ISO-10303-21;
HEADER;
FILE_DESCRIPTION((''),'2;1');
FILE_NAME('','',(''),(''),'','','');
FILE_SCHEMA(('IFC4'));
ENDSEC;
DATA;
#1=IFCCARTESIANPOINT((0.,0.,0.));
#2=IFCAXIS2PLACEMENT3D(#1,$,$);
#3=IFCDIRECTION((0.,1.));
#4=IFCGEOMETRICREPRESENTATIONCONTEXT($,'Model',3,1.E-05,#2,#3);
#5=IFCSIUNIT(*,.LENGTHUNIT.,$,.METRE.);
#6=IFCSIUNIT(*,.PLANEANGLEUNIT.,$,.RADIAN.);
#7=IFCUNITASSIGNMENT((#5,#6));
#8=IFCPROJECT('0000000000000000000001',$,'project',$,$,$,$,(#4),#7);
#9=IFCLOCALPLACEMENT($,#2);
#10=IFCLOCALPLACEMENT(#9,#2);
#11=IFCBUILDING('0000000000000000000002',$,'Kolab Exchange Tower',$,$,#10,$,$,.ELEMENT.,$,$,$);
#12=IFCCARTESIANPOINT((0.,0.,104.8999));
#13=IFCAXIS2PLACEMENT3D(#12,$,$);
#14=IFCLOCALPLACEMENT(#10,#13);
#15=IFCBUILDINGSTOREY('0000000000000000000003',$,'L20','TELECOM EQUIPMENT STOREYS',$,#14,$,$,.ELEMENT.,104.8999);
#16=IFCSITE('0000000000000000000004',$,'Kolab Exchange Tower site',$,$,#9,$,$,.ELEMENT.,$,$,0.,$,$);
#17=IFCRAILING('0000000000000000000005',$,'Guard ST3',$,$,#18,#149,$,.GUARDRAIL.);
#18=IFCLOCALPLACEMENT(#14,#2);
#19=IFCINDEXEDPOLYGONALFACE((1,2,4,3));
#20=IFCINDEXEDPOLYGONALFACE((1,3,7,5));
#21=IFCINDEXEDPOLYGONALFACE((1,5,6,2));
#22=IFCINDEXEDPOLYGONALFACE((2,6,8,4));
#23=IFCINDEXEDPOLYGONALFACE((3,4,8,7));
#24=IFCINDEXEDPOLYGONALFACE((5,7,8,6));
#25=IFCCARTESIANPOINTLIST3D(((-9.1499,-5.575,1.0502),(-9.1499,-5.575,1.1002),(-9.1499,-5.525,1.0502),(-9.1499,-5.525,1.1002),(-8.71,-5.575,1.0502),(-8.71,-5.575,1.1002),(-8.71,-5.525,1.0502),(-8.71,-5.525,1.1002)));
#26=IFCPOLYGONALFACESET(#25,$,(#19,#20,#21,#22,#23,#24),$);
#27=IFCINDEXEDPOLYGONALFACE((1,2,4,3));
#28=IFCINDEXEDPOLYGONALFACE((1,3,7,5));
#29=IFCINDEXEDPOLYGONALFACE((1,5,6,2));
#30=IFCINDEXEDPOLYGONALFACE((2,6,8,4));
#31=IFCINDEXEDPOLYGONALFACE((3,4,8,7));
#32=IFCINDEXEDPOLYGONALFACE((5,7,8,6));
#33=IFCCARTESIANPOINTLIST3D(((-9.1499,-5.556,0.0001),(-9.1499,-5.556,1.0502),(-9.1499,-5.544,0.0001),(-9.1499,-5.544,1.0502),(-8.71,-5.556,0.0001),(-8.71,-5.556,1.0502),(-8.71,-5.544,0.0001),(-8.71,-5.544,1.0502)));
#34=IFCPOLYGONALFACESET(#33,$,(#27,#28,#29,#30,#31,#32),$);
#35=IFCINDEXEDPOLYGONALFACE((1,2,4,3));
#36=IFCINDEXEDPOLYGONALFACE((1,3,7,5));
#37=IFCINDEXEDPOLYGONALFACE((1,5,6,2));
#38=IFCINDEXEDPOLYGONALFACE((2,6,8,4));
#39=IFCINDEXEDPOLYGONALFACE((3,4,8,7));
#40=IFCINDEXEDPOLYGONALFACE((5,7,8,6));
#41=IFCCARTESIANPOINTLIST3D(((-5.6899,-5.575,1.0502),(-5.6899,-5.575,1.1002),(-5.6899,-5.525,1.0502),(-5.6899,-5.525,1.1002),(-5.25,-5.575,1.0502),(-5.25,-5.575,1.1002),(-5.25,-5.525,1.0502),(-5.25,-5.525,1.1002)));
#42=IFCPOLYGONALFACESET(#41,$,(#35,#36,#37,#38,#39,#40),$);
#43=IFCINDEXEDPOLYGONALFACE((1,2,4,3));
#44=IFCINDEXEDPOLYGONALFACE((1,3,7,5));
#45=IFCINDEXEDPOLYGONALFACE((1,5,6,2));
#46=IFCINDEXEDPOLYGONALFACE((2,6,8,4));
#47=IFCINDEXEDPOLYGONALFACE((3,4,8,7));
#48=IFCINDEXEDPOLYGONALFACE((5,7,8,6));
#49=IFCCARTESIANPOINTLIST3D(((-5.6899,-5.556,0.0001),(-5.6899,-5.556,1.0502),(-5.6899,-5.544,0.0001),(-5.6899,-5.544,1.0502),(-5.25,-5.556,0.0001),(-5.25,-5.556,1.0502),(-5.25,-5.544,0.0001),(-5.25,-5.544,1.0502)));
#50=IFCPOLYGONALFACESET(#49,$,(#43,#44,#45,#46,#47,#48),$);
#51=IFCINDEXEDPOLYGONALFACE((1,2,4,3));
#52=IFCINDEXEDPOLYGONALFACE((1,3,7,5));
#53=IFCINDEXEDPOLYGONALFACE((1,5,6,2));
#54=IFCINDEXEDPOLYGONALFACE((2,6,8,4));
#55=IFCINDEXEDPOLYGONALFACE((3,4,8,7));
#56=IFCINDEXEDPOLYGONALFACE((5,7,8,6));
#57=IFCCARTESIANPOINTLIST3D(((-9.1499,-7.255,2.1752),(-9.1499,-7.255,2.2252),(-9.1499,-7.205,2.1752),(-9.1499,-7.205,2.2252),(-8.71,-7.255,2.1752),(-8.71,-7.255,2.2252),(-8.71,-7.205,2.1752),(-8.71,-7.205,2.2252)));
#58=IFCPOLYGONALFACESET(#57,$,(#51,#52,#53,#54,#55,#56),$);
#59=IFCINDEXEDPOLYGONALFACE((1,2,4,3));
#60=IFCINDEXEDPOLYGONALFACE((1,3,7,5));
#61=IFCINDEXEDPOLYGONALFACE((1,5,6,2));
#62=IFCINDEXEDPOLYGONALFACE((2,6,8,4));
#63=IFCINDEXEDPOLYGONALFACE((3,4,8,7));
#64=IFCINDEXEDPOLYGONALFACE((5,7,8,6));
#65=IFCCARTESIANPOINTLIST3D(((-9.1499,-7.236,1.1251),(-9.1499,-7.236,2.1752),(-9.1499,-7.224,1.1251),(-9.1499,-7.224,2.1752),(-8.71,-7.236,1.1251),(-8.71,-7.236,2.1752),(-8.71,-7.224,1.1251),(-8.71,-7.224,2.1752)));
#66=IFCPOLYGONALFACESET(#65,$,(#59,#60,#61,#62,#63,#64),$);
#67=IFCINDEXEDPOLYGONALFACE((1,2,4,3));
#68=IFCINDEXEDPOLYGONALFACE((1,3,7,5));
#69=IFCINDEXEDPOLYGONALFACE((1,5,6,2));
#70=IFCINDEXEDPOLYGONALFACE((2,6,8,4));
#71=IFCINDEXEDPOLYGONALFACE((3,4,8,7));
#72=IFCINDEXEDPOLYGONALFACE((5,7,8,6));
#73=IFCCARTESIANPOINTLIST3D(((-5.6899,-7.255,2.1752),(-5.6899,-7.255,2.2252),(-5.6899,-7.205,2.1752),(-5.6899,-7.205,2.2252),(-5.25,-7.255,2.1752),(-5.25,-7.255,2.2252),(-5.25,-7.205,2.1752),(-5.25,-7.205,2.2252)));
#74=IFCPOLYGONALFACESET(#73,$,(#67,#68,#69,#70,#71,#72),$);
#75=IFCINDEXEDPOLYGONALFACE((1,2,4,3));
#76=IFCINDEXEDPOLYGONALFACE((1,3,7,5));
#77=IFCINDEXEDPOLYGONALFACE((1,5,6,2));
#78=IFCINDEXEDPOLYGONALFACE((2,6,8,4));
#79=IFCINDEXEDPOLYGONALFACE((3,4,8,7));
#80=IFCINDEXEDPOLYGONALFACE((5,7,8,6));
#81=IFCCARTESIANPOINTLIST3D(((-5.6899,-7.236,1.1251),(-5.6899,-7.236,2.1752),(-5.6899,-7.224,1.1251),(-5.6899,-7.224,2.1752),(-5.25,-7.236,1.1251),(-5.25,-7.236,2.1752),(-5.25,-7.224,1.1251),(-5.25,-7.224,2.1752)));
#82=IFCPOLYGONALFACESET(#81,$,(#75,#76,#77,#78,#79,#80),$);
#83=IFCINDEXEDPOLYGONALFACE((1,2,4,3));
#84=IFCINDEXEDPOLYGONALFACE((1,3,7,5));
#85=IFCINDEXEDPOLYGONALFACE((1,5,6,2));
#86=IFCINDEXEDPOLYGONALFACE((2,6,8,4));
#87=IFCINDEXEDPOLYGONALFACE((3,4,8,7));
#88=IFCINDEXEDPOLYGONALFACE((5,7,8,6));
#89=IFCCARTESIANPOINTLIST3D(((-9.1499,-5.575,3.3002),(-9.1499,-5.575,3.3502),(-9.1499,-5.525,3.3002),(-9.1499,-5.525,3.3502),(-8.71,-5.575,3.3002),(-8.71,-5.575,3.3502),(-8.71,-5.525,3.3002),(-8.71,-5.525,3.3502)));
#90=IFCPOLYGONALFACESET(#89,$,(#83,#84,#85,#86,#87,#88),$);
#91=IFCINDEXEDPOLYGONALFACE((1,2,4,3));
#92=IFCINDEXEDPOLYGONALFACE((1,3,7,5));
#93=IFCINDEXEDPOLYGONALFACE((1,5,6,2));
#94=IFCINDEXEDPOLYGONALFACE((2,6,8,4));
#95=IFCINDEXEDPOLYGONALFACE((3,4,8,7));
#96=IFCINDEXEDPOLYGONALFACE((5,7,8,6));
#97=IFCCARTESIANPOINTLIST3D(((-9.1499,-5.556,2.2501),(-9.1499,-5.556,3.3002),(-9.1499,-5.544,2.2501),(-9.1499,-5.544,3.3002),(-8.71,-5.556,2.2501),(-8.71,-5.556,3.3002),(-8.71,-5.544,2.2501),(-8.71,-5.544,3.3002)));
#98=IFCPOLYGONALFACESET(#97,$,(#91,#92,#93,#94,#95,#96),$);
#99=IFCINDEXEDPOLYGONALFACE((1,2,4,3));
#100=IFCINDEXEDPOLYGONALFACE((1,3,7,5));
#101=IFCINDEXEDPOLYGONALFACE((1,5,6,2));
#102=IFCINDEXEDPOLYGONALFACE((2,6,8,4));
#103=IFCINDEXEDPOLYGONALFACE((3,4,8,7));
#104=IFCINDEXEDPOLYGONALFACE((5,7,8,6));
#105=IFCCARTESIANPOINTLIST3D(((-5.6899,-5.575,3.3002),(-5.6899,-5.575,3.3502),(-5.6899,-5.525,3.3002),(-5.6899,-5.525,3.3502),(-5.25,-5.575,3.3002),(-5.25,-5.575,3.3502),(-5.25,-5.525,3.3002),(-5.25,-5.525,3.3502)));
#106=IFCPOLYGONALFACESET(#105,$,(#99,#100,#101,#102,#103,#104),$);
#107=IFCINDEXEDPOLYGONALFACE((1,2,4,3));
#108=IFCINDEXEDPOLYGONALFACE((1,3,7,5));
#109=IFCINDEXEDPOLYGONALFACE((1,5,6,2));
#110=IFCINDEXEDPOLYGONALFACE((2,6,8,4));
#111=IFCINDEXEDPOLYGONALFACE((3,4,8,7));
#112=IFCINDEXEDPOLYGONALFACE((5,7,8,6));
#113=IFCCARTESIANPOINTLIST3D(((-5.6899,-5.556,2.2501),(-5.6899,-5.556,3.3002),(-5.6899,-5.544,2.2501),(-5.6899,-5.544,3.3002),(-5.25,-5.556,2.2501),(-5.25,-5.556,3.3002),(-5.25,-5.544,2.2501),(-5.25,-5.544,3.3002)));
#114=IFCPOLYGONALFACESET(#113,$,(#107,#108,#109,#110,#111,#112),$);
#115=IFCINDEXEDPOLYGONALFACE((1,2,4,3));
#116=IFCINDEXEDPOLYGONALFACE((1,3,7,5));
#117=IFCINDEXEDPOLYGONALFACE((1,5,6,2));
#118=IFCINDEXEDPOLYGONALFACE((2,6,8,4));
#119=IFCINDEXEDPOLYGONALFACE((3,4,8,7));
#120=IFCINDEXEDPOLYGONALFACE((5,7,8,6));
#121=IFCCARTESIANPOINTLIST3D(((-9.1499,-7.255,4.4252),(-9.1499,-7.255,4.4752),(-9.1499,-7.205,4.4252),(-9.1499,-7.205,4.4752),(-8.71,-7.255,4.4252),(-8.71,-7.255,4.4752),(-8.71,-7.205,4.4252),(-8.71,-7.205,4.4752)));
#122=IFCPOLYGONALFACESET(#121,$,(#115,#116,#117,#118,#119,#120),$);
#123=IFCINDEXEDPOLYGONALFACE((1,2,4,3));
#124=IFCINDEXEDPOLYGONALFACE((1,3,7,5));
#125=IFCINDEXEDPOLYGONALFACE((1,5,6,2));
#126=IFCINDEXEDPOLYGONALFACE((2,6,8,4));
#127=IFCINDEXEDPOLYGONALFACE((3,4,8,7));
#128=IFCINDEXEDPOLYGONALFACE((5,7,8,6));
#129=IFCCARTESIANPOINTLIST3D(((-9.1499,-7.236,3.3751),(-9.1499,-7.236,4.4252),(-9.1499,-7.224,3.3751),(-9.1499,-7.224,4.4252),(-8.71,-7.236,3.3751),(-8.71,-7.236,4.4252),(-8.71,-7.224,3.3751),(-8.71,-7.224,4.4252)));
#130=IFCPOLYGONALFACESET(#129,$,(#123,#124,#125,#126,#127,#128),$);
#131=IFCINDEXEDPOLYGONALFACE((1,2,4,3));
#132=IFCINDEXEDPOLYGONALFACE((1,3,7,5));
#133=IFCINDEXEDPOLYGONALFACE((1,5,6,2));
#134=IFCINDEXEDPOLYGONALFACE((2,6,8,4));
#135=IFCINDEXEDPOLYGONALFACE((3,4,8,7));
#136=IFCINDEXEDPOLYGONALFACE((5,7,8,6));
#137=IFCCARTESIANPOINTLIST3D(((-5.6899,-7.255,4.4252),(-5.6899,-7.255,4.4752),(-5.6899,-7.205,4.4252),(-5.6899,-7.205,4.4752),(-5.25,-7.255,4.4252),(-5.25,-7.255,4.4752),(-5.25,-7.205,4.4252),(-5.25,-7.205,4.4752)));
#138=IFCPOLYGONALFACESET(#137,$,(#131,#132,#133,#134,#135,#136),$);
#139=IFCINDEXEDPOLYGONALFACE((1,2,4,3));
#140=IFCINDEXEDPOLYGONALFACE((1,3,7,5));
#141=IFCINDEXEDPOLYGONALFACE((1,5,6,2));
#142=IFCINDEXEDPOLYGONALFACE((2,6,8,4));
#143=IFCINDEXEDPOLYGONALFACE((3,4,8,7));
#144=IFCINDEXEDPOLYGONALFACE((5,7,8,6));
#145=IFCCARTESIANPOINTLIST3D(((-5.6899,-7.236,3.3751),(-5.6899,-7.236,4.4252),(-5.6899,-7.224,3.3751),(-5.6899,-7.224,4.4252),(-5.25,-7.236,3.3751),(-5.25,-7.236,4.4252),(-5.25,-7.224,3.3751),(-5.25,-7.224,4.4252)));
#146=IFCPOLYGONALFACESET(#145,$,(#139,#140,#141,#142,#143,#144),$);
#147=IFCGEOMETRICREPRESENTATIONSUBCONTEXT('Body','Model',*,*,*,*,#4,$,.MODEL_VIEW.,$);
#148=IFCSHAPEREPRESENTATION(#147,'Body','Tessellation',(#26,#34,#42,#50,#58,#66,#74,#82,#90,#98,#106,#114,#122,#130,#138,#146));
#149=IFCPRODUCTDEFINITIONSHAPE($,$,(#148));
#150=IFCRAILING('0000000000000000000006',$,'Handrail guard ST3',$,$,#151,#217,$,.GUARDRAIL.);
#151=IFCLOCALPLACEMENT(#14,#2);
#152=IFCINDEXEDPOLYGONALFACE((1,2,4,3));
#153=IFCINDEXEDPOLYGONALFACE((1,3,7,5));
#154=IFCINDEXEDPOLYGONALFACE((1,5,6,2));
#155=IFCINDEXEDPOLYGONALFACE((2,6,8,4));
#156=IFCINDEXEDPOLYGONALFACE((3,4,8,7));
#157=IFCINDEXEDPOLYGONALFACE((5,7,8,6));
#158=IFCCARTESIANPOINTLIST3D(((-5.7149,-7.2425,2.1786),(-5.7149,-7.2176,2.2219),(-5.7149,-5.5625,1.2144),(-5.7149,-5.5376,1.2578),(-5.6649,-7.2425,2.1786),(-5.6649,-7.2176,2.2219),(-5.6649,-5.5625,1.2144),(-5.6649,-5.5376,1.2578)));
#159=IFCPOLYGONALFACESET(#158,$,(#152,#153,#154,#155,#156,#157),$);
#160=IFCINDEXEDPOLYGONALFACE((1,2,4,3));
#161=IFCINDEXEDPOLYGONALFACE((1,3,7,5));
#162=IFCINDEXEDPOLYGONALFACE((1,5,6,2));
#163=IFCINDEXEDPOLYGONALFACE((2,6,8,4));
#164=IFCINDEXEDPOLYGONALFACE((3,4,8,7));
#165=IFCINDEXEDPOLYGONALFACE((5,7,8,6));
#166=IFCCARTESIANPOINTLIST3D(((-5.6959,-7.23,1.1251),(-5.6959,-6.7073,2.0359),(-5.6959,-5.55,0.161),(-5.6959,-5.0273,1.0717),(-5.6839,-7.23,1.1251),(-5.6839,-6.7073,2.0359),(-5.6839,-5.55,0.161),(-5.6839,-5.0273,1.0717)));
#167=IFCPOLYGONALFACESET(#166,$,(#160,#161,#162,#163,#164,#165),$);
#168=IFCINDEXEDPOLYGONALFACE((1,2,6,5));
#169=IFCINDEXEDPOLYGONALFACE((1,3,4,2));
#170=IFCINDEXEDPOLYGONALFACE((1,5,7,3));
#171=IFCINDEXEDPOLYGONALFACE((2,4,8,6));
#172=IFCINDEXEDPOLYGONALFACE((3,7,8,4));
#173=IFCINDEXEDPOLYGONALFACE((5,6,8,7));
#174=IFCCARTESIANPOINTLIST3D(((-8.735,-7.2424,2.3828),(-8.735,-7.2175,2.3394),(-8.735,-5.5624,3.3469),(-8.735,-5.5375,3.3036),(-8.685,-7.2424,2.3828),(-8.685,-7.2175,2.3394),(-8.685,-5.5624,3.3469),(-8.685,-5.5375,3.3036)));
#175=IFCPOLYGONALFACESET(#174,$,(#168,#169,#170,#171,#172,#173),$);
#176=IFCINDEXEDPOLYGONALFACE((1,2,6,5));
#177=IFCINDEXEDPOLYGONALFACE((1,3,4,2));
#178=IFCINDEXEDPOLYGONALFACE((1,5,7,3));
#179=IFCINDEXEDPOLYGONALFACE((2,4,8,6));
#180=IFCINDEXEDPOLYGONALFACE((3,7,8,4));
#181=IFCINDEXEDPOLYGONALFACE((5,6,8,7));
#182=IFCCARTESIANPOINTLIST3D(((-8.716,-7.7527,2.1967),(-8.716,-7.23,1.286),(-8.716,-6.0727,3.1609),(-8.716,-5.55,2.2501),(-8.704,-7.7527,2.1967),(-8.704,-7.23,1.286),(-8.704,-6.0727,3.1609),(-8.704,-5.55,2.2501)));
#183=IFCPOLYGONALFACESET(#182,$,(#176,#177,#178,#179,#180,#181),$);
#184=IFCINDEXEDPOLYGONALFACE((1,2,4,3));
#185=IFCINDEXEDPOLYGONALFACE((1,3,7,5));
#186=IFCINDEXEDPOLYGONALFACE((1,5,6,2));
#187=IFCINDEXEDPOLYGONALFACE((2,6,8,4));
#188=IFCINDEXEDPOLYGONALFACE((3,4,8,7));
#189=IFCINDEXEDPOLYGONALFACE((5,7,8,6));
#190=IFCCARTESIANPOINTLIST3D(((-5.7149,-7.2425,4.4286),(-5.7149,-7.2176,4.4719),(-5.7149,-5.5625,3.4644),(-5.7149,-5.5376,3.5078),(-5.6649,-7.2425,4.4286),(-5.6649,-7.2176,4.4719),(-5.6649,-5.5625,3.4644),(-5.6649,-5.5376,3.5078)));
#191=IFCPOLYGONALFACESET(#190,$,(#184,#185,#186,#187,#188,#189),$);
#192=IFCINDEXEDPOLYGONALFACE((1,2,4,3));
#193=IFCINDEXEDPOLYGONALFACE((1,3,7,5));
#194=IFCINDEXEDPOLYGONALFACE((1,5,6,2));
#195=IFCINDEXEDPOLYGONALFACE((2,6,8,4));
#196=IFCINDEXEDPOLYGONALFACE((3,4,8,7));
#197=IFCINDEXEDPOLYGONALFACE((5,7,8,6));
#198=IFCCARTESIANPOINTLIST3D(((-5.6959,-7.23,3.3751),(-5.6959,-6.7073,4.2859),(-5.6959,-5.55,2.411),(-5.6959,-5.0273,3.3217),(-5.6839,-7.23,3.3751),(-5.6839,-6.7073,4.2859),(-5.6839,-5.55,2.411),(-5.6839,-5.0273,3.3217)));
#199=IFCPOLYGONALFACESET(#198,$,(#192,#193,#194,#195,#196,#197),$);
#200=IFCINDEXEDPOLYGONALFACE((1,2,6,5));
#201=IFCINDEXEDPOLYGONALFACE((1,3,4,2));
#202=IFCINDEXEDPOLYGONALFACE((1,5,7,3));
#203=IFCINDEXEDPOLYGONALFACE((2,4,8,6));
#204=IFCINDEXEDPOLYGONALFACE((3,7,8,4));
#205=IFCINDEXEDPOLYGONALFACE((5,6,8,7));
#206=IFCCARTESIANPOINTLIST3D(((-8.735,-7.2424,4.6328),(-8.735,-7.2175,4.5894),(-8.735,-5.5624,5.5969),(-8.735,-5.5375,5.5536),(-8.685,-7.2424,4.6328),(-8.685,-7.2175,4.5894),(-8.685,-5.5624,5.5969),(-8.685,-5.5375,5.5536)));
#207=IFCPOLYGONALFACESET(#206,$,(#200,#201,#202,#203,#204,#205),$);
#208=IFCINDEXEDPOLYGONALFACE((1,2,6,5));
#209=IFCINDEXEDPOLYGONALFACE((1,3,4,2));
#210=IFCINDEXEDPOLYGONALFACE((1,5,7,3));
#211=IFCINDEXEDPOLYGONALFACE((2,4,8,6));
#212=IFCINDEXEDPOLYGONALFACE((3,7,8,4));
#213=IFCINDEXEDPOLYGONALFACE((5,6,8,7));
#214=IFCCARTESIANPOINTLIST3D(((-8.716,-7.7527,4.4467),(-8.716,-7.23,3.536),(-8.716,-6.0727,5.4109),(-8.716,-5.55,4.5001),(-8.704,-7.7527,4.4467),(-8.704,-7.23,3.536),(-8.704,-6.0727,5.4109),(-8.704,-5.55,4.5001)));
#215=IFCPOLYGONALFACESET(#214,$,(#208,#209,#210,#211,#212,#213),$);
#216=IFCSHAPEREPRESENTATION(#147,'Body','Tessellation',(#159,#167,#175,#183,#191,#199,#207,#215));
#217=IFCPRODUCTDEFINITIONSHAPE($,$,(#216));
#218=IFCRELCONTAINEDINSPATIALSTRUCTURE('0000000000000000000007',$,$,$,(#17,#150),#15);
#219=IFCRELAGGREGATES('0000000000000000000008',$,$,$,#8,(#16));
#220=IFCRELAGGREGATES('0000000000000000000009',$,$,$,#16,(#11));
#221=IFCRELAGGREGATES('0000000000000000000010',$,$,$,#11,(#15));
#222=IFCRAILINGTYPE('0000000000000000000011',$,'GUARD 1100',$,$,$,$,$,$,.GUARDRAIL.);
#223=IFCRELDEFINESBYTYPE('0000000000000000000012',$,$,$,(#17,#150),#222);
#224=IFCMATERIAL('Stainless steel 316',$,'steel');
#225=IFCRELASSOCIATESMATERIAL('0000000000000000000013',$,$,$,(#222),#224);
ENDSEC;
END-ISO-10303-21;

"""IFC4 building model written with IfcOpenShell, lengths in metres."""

from ifc_helpers import new_model, si_unit, direction, frame, frame_2d, origin, origin_2d, place, context, subcontext, project, spatial, rectangle, extrude, material, type_object, element, save


model = new_model("IFC4")

# Units and contexts
model_context = context("Model", 3, precision=1e-05, world=origin(), true_north=direction((0.0, 1.0)))
body_context = subcontext(model_context, "Body", "Model", "MODEL_VIEW")
ifc_project = project(units=[si_unit("LENGTHUNIT", "METRE"), si_unit("PLANEANGLEUNIT", "RADIAN")], contexts=[model_context])

# Site, building, storey
site_placement = place(None, origin())
site = spatial("IfcSite", under=ifc_project, at=site_placement, Name="Kolab Exchange Tower site", CompositionType="ELEMENT", RefElevation=0.0)
building_placement = place(site_placement, origin())
building = spatial("IfcBuilding", under=site, at=building_placement, Name="Kolab Exchange Tower", CompositionType="ELEMENT")
storey_placement = place(building_placement, frame((0.0, 0.0, 104.8999)))
storey = spatial("IfcBuildingStorey", under=building, at=storey_placement, Name="L20", Description="TELECOM EQUIPMENT STOREYS", CompositionType="ELEMENT", Elevation=104.8999)

# Shared definitions
ifc_material_1 = material(Name="Stainless steel 316", Category="steel")

# Railings
railing_type = type_object("IfcRailingType", Name="GUARD 1100", PredefinedType="GUARDRAIL", material=ifc_material_1)
railing_1_placement = place(storey_placement, frame((-9.1499, -5.55, 0.0)))
element("IfcRailing", 1, at=railing_1_placement, inside=storey, type_object=railing_type, Name="Guard ST3", PredefinedType="GUARDRAIL", context=body_context, shape_type="SweptSolid", body=[
    extrude(rectangle(XDim=0.05, YDim=0.05, at=origin_2d()), frame((0.0, 0.0, 1.0752), z_axis=(1.0, 0.0, 0.0), x_axis=(0.0, 1.0, 0.0)), (0.0, 0.0, 1.0), 0.4399),
    extrude(rectangle(XDim=0.012, YDim=1.0501, at=frame_2d((0.0, 0.5251))), frame((0.0, 0.0, 0.0), z_axis=(1.0, 0.0, 0.0), x_axis=(0.0, 1.0, 0.0)), (0.0, 0.0, 1.0), 0.4399),
    extrude(rectangle(XDim=0.05, YDim=0.05, at=origin_2d()), frame((3.46, 0.0, 1.0752), z_axis=(1.0, 0.0, 0.0), x_axis=(0.0, 1.0, 0.0)), (0.0, 0.0, 1.0), 0.4399),
    extrude(rectangle(XDim=0.012, YDim=1.0501, at=frame_2d((0.0, 0.5251))), frame((3.46, 0.0, 0.0), z_axis=(1.0, 0.0, 0.0), x_axis=(0.0, 1.0, 0.0)), (0.0, 0.0, 1.0), 0.4399),
    extrude(rectangle(XDim=0.05, YDim=0.05, at=origin_2d()), frame((0.0, -1.6799, 2.2002), z_axis=(1.0, 0.0, 0.0), x_axis=(0.0, 1.0, 0.0)), (0.0, 0.0, 1.0), 0.4399),
    extrude(rectangle(XDim=0.012, YDim=1.0501, at=frame_2d((0.0, 0.5251))), frame((0.0, -1.6799, 1.125), z_axis=(1.0, 0.0, 0.0), x_axis=(0.0, 1.0, 0.0)), (0.0, 0.0, 1.0), 0.4399),
    extrude(rectangle(XDim=0.05, YDim=0.05, at=origin_2d()), frame((3.46, -1.6799, 2.2002), z_axis=(1.0, 0.0, 0.0), x_axis=(0.0, 1.0, 0.0)), (0.0, 0.0, 1.0), 0.4399),
    extrude(rectangle(XDim=0.012, YDim=1.0501, at=frame_2d((0.0, 0.5251))), frame((3.46, -1.6799, 1.125), z_axis=(1.0, 0.0, 0.0), x_axis=(0.0, 1.0, 0.0)), (0.0, 0.0, 1.0), 0.4399),
    extrude(rectangle(XDim=0.05, YDim=0.05, at=origin_2d()), frame((0.0, 0.0, 3.3252), z_axis=(1.0, 0.0, 0.0), x_axis=(0.0, 1.0, 0.0)), (0.0, 0.0, 1.0), 0.4399),
    extrude(rectangle(XDim=0.012, YDim=1.0501, at=frame_2d((0.0, 0.5251))), frame((0.0, 0.0, 2.25), z_axis=(1.0, 0.0, 0.0), x_axis=(0.0, 1.0, 0.0)), (0.0, 0.0, 1.0), 0.4399),
    extrude(rectangle(XDim=0.05, YDim=0.05, at=origin_2d()), frame((3.46, 0.0, 3.3252), z_axis=(1.0, 0.0, 0.0), x_axis=(0.0, 1.0, 0.0)), (0.0, 0.0, 1.0), 0.4399),
    extrude(rectangle(XDim=0.012, YDim=1.0501, at=frame_2d((0.0, 0.5251))), frame((3.46, 0.0, 2.25), z_axis=(1.0, 0.0, 0.0), x_axis=(0.0, 1.0, 0.0)), (0.0, 0.0, 1.0), 0.4399),
    extrude(rectangle(XDim=0.05, YDim=0.05, at=origin_2d()), frame((0.0, -1.6799, 4.4502), z_axis=(1.0, 0.0, 0.0), x_axis=(0.0, 1.0, 0.0)), (0.0, 0.0, 1.0), 0.4399),
    extrude(rectangle(XDim=0.012, YDim=1.0501, at=frame_2d((0.0, 0.5251))), frame((0.0, -1.6799, 3.375), z_axis=(1.0, 0.0, 0.0), x_axis=(0.0, 1.0, 0.0)), (0.0, 0.0, 1.0), 0.4399),
    extrude(rectangle(XDim=0.05, YDim=0.05, at=origin_2d()), frame((3.46, -1.6799, 4.4502), z_axis=(1.0, 0.0, 0.0), x_axis=(0.0, 1.0, 0.0)), (0.0, 0.0, 1.0), 0.4399),
    extrude(rectangle(XDim=0.012, YDim=1.0501, at=frame_2d((0.0, 0.5251))), frame((3.46, -1.6799, 3.375), z_axis=(1.0, 0.0, 0.0), x_axis=(0.0, 1.0, 0.0)), (0.0, 0.0, 1.0), 0.4399),
])
railing_2_placement = place(storey_placement, frame((-5.6899, -5.55, 0.1609)))
element("IfcRailing", 2, at=railing_2_placement, inside=storey, type_object=railing_type, Name="Handrail guard ST3", PredefinedType="GUARDRAIL", context=body_context, shape_type="SweptSolid", body=[
    extrude(rectangle(XDim=0.05, YDim=0.05, at=origin_2d()), frame((0.0, 0.0, 1.0752), z_axis=(0.0, -0.867319, 0.497753), x_axis=(1.0, 0.0, 0.0)), (0.0, 0.0, 1.0), 1.937),
    extrude(rectangle(XDim=0.012, YDim=1.0501, at=frame_2d((0.0, 0.5251))), frame((0.0, 0.0, 0.0), z_axis=(0.0, -0.867319, 0.497753), x_axis=(1.0, 0.0, 0.0)), (0.0, 0.0, 1.0), 1.937),
    extrude(rectangle(XDim=0.05, YDim=0.05, at=origin_2d()), frame((-3.02, -1.6799, 2.2002), z_axis=(0.0, 0.867319, 0.497753), x_axis=(-1.0, 0.0, 0.0)), (0.0, 0.0, 1.0), 1.937),
    extrude(rectangle(XDim=0.012, YDim=1.0501, at=frame_2d((0.0, 0.5251))), frame((-3.02, -1.6799, 1.125), z_axis=(0.0, 0.867319, 0.497753), x_axis=(-1.0, 0.0, 0.0)), (0.0, 0.0, 1.0), 1.937),
    extrude(rectangle(XDim=0.05, YDim=0.05, at=origin_2d()), frame((0.0, 0.0, 3.3252), z_axis=(0.0, -0.867319, 0.497753), x_axis=(1.0, 0.0, 0.0)), (0.0, 0.0, 1.0), 1.937),
    extrude(rectangle(XDim=0.012, YDim=1.0501, at=frame_2d((0.0, 0.5251))), frame((0.0, 0.0, 2.25), z_axis=(0.0, -0.867319, 0.497753), x_axis=(1.0, 0.0, 0.0)), (0.0, 0.0, 1.0), 1.937),
    extrude(rectangle(XDim=0.05, YDim=0.05, at=origin_2d()), frame((-3.02, -1.6799, 4.4502), z_axis=(0.0, 0.867319, 0.497753), x_axis=(-1.0, 0.0, 0.0)), (0.0, 0.0, 1.0), 1.937),
    extrude(rectangle(XDim=0.012, YDim=1.0501, at=frame_2d((0.0, 0.5251))), frame((-3.02, -1.6799, 3.375), z_axis=(0.0, 0.867319, 0.497753), x_axis=(-1.0, 0.0, 0.0)), (0.0, 0.0, 1.0), 1.937),
])

save(model, "model.ifc")
